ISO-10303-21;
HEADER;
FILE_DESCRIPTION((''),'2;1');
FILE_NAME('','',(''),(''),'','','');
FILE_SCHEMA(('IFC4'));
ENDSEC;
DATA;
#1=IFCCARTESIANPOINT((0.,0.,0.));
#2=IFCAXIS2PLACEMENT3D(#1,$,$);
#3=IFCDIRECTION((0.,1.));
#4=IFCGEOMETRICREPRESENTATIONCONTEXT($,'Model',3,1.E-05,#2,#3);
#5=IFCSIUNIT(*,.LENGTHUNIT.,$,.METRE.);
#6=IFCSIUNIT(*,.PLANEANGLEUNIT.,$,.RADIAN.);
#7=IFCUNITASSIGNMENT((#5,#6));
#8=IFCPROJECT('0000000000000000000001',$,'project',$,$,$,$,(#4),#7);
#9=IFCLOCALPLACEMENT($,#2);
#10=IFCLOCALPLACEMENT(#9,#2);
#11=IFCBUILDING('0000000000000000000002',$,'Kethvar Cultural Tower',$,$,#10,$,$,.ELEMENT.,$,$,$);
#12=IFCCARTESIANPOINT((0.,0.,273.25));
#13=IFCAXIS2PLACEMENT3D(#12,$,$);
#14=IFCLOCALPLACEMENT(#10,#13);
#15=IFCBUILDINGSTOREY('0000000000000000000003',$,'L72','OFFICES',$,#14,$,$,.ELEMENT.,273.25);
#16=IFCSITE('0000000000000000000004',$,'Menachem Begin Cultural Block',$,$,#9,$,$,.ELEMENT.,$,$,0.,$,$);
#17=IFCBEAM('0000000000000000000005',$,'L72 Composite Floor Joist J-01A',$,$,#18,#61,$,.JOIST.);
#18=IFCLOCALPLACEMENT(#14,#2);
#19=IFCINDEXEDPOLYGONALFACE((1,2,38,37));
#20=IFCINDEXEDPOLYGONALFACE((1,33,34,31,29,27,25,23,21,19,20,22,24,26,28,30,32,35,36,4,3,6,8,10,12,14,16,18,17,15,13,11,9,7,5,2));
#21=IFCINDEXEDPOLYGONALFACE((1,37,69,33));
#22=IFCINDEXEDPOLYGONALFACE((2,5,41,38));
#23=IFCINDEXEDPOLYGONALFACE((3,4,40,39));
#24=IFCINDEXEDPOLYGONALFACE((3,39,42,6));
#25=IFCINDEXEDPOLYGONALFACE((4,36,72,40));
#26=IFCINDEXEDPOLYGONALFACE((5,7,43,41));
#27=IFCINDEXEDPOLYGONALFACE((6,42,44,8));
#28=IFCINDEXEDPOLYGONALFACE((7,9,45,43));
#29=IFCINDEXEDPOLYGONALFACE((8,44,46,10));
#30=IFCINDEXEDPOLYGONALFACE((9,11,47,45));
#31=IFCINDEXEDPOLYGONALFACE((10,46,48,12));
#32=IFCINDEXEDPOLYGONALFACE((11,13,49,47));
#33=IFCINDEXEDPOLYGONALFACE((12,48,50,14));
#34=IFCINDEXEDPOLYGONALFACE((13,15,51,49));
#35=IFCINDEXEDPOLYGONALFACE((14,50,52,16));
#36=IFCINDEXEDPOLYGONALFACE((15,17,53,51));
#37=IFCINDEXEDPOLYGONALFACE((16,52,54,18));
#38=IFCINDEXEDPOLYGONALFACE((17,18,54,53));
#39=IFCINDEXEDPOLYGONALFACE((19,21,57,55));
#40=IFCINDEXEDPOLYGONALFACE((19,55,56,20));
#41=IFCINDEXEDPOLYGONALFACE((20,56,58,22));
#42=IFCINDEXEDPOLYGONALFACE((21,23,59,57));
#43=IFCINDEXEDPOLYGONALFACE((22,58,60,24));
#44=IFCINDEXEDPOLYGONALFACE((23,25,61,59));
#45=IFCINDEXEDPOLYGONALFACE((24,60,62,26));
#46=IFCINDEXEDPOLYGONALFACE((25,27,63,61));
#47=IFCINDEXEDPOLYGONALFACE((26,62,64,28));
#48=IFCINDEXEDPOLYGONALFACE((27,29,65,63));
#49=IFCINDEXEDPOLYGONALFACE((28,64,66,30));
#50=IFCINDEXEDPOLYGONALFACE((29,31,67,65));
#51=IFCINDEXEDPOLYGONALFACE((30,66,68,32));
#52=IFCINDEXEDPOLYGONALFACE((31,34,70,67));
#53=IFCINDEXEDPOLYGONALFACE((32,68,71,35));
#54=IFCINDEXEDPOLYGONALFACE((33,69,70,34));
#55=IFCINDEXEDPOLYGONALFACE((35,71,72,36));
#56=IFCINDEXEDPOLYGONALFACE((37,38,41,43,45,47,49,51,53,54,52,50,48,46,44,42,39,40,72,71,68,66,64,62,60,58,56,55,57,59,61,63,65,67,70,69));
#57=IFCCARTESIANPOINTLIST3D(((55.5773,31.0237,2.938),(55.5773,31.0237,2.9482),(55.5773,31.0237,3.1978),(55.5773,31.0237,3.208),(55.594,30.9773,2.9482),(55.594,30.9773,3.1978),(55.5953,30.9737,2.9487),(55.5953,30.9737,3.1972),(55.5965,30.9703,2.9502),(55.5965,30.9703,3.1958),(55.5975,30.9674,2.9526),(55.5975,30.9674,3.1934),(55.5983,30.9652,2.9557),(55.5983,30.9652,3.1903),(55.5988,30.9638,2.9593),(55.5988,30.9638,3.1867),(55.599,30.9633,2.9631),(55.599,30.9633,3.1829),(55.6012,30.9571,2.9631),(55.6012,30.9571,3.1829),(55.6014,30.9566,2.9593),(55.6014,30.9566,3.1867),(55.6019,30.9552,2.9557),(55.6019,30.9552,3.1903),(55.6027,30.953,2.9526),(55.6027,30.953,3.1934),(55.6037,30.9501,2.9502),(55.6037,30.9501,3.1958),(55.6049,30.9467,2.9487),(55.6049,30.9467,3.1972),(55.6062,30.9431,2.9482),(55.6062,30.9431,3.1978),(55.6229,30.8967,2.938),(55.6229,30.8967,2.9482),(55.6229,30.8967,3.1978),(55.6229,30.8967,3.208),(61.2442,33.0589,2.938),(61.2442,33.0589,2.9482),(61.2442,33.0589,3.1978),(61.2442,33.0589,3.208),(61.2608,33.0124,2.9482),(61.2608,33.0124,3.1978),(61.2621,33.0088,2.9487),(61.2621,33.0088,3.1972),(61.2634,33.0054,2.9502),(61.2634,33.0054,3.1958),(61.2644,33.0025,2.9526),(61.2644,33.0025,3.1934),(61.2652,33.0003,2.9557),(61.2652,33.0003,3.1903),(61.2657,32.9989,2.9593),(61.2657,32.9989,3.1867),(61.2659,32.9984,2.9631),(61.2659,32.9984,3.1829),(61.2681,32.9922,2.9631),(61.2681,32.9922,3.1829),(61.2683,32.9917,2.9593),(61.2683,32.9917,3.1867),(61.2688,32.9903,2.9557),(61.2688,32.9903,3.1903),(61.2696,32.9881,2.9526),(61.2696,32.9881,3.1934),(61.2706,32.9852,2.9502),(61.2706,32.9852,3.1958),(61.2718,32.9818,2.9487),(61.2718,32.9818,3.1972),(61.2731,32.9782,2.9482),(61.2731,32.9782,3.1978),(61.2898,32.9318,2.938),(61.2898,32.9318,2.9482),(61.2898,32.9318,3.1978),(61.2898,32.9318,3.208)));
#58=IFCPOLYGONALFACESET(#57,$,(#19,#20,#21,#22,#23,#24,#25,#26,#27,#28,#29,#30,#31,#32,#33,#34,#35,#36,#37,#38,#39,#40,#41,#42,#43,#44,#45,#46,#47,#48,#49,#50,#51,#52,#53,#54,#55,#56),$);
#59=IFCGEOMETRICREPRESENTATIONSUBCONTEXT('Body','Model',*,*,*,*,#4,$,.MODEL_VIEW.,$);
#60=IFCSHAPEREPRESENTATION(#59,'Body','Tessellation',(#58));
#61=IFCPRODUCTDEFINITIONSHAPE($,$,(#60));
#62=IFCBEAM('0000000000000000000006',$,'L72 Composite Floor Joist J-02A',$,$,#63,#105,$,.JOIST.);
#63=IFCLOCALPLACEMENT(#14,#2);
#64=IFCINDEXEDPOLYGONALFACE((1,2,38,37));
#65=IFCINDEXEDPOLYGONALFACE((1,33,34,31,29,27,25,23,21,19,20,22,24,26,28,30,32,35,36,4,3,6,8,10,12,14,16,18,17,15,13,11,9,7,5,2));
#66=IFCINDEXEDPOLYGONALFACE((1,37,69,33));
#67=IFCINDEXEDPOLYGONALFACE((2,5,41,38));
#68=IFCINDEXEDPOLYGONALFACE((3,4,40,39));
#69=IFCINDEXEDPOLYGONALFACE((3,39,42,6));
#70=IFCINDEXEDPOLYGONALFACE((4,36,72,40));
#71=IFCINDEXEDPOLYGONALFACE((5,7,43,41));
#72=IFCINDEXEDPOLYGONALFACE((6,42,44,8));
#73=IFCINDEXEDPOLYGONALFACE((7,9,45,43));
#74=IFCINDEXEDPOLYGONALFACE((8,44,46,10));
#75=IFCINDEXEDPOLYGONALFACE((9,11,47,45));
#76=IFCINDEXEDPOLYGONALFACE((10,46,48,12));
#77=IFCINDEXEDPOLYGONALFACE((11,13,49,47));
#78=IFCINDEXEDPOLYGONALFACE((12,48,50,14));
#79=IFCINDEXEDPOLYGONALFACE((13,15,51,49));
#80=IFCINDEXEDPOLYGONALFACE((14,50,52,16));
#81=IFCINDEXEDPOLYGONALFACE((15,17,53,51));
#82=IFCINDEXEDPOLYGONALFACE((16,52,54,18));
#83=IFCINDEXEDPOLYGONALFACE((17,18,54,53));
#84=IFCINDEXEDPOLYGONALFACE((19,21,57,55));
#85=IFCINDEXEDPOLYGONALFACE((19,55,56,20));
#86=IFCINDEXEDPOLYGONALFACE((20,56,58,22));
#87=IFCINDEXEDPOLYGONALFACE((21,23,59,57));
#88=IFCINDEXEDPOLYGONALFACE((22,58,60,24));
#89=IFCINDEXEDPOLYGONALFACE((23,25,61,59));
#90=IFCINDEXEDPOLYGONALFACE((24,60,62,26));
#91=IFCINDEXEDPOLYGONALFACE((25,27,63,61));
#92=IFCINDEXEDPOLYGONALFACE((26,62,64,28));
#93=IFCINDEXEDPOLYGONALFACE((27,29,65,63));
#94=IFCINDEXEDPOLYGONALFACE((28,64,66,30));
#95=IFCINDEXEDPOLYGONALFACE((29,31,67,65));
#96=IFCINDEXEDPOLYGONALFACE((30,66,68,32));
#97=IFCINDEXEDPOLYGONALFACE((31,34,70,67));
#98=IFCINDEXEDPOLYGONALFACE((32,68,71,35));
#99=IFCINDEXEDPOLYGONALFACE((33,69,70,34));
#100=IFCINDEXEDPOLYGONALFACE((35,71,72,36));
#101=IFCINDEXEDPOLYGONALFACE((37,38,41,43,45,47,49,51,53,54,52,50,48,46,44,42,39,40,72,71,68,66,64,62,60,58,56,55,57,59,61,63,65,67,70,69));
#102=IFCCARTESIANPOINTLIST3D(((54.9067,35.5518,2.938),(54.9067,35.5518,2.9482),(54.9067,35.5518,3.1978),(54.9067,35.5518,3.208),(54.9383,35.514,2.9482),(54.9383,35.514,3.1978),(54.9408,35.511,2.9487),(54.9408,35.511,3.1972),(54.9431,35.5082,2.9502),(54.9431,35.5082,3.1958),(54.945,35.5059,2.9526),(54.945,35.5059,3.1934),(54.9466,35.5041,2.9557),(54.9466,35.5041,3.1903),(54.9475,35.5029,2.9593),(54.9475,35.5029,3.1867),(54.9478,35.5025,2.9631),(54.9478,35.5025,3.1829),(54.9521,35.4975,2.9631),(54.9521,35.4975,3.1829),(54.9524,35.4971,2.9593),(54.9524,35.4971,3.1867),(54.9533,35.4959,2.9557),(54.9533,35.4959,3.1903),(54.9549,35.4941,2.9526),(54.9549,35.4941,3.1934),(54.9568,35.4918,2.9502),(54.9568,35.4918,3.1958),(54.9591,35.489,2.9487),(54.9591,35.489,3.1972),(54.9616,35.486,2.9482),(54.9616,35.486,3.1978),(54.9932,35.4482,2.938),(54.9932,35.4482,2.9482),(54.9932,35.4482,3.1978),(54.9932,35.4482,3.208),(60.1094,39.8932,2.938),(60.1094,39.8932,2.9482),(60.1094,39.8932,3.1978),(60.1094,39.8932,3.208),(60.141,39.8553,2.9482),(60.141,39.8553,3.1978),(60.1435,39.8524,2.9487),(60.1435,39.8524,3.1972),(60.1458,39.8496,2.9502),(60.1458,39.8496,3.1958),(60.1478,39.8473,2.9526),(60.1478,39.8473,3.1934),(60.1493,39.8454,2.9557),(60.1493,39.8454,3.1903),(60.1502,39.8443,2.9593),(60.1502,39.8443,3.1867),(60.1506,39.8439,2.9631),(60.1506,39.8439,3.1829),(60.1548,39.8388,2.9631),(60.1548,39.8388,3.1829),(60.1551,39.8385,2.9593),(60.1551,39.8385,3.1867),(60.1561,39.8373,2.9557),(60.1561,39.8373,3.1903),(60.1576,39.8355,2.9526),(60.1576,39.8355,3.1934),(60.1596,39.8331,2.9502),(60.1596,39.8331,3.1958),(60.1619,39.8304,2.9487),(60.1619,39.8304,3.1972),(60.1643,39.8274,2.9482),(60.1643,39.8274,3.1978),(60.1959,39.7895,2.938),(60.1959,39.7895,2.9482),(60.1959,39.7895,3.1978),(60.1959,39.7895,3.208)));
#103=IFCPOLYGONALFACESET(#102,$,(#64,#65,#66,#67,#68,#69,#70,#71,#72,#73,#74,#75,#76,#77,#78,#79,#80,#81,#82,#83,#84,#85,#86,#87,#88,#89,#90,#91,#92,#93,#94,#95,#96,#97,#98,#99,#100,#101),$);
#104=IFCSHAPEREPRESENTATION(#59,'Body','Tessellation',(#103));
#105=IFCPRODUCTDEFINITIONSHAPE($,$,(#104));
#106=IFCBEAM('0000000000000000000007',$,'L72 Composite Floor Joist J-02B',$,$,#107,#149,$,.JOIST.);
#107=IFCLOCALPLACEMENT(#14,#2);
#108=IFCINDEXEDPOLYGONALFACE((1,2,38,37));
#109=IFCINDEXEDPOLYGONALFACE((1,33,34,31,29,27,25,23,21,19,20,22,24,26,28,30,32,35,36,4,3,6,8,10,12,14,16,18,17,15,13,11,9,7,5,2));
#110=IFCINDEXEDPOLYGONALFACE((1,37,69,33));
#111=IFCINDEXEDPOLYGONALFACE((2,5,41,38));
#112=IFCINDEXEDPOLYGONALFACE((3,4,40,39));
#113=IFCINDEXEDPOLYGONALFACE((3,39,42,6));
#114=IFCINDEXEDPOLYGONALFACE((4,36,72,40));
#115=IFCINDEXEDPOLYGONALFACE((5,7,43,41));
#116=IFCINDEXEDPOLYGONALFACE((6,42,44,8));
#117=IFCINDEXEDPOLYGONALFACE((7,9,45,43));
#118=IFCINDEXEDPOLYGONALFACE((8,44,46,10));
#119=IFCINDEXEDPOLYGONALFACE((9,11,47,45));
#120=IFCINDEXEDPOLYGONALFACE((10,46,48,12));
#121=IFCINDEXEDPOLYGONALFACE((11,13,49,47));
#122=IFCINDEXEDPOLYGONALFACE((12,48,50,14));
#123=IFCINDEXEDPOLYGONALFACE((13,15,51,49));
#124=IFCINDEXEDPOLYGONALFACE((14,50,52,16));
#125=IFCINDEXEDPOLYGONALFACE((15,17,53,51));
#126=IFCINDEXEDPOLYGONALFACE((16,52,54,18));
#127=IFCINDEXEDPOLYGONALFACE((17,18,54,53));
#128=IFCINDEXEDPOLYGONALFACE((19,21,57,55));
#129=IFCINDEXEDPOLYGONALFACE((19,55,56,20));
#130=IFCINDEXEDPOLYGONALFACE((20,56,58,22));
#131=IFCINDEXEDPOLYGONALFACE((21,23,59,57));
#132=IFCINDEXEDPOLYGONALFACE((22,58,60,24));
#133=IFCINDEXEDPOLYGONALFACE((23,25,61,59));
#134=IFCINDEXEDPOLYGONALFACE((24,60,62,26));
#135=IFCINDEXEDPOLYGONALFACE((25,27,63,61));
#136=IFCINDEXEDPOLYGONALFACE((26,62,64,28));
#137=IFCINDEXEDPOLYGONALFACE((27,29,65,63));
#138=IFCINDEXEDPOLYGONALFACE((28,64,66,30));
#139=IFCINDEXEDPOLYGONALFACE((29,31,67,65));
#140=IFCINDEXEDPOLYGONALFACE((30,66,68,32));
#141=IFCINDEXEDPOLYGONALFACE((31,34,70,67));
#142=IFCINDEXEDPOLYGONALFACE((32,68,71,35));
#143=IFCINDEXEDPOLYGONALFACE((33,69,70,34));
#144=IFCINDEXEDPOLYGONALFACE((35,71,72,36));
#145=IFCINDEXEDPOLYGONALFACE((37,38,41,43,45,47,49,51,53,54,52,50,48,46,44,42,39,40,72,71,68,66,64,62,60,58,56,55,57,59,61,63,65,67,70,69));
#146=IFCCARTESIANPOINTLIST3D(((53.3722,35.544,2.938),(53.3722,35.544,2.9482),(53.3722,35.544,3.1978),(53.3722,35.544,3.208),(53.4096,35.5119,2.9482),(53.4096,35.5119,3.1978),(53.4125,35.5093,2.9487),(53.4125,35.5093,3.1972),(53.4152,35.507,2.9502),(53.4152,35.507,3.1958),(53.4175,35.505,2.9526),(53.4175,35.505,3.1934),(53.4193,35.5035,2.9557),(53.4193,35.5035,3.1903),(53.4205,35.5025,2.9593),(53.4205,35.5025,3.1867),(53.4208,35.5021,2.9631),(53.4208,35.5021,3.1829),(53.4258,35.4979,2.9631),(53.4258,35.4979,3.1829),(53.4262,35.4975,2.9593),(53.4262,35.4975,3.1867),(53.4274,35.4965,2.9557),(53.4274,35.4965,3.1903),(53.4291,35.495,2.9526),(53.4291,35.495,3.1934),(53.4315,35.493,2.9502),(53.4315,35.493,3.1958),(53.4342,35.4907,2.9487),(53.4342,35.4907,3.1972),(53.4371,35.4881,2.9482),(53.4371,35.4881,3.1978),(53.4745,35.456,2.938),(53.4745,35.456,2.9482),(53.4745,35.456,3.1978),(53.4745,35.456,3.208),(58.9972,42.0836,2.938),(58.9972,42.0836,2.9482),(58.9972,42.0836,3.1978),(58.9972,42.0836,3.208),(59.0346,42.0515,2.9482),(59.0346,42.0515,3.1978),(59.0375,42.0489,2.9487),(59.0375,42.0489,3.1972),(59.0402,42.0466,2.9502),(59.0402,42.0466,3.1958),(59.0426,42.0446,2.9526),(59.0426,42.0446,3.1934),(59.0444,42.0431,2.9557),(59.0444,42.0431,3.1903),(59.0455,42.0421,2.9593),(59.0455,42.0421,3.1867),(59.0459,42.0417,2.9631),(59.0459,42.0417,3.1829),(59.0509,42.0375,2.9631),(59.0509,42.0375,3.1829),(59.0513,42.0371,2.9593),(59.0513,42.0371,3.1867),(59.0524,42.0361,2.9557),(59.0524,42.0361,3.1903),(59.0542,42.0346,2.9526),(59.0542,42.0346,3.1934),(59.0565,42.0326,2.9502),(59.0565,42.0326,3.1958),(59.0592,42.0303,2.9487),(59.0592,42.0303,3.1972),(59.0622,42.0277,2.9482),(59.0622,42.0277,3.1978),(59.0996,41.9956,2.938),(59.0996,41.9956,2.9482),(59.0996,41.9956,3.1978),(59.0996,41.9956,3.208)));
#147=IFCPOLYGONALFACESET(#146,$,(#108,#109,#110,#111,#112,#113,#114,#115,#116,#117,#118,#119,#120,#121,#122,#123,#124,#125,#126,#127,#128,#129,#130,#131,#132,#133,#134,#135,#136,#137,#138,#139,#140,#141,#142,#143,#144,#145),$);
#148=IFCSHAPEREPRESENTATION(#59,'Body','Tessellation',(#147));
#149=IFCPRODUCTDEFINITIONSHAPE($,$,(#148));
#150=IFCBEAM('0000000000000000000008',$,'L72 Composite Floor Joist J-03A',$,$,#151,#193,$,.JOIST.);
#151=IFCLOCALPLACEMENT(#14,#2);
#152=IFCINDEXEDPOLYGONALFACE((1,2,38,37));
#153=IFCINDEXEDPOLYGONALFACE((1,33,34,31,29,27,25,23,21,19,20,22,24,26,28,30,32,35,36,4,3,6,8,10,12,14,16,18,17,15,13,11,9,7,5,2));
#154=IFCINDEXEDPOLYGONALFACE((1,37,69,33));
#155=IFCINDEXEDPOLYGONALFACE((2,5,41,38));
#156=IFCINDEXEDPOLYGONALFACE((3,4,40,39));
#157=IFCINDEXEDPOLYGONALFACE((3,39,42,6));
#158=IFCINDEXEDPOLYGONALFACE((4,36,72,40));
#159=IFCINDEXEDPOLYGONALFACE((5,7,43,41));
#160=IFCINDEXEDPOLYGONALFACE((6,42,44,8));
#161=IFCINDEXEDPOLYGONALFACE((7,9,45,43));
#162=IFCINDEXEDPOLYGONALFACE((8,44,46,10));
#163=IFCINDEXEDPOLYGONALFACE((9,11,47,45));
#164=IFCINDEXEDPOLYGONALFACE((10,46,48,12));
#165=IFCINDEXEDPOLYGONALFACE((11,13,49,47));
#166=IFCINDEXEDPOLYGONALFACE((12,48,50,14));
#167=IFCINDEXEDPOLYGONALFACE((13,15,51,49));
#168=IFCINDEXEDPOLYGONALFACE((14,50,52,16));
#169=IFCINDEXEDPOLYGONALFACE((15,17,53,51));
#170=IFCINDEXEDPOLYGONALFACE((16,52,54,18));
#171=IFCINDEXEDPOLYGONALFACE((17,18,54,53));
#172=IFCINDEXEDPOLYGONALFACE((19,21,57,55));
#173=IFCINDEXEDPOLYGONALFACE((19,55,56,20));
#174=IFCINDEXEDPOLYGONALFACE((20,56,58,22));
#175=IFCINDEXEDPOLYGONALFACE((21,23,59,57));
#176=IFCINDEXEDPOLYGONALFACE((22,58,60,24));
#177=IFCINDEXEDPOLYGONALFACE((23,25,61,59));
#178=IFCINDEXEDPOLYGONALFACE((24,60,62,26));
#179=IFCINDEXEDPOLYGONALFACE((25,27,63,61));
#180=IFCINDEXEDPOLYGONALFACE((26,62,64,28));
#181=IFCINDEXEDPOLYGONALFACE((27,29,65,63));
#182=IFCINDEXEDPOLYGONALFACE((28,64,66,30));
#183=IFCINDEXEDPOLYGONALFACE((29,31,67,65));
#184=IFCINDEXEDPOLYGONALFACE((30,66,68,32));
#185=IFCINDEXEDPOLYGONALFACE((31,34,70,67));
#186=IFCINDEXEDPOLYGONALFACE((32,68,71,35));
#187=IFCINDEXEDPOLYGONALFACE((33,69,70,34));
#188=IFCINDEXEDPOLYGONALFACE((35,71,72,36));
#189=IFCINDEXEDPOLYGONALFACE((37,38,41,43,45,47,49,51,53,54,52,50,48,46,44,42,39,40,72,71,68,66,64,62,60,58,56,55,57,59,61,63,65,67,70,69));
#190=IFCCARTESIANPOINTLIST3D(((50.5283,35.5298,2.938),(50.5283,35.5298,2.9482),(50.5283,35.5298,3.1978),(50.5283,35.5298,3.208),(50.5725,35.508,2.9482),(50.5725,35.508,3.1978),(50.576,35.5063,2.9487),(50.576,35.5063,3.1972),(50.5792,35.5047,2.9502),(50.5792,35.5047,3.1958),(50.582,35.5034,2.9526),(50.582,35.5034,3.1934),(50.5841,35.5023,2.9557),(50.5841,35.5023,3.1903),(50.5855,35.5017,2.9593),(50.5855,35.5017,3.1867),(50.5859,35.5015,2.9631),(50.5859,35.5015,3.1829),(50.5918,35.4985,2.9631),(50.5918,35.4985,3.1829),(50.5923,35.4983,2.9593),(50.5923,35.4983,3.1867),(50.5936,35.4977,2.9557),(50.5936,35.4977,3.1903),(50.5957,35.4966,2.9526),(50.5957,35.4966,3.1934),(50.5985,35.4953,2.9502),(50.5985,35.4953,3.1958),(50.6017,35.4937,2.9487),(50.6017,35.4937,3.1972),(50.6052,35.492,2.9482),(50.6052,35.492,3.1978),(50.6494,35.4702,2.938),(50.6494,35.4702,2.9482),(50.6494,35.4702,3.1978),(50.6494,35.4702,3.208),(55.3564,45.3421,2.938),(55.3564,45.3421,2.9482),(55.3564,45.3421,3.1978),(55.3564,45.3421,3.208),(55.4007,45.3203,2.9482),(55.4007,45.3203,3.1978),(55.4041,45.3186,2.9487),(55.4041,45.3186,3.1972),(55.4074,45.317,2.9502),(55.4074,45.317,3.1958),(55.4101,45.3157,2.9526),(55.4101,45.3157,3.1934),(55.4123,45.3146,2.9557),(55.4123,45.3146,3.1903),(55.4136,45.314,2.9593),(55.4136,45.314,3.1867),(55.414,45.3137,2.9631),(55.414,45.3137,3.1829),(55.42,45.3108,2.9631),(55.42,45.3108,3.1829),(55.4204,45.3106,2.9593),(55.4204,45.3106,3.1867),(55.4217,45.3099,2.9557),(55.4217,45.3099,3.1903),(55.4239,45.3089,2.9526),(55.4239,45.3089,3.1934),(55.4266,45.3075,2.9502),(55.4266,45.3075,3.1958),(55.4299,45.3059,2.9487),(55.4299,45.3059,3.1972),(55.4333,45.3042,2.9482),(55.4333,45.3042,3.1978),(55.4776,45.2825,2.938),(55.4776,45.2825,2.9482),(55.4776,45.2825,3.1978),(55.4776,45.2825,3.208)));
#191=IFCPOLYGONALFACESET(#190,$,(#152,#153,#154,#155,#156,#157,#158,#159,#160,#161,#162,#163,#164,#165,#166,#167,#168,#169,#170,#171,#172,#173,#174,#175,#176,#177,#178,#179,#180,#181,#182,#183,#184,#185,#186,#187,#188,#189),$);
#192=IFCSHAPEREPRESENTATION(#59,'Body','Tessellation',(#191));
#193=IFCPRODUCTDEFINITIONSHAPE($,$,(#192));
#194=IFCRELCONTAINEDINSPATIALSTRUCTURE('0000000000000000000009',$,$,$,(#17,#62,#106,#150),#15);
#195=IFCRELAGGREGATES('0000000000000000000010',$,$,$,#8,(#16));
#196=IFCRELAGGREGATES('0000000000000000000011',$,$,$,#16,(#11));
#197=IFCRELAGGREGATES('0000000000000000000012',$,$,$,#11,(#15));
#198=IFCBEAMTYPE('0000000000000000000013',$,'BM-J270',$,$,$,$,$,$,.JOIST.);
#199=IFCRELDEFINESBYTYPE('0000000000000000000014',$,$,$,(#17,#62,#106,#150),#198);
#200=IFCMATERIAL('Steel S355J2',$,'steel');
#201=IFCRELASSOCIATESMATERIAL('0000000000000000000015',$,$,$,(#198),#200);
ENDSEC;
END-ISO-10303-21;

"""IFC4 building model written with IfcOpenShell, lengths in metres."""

from ifc_helpers import new_model, si_unit, direction, frame, origin, origin_2d, place, context, subcontext, project, spatial, i_section, extrude, source, transform, mapped, material, material_profile, profile_set, type_object, element, save


model = new_model("IFC4")

# Units and contexts
model_context = context("Model", 3, precision=1e-05, world=origin(), true_north=direction((0.0, 1.0)))
body_context = subcontext(model_context, "Body", "Model", "MODEL_VIEW")
ifc_project = project(units=[si_unit("LENGTHUNIT", "METRE"), si_unit("PLANEANGLEUNIT", "RADIAN")], contexts=[model_context])

# Site, building, storey
site_placement = place(None, origin())
site = spatial("IfcSite", under=ifc_project, at=site_placement, Name="Menachem Begin Cultural Block", CompositionType="ELEMENT", RefElevation=0.0)
building_placement = place(site_placement, origin())
building = spatial("IfcBuilding", under=site, at=building_placement, Name="Kethvar Cultural Tower", CompositionType="ELEMENT")
storey_placement = place(building_placement, frame((0.0, 0.0, 273.25)))
storey = spatial("IfcBuildingStorey", under=building, at=storey_placement, Name="L72", Description="OFFICES", CompositionType="ELEMENT", Elevation=273.25)

# Beams
ifc_material_1 = material(Name="Steel S355J2", Category="steel")
ifc_material_profile_1 = material_profile(ifc_material_1, i_section(OverallWidth=0.135, OverallDepth=0.27, WebThickness=0.0066, FlangeThickness=0.0103, FilletRadius=0.0149, at=origin_2d()), Name="Steel S355J2 — IPE270")
ifc_profile_set_1 = profile_set([ifc_material_profile_1], Name="Steel S355J2 — IPE270")
beam_type_1 = type_object("IfcBeamType", Name="BM-J270", PredefinedType="JOIST", material=ifc_profile_set_1)
shared_shape_1 = source(origin(), body_context, "Body", "SweptSolid", [
    extrude(i_section(OverallWidth=0.135, OverallDepth=0.27, WebThickness=0.0066, FlangeThickness=0.0103, FilletRadius=0.0149, at=origin_2d()), origin(), (0.0, 0.0, 1.0), 6.0212),
])
beam_1_placement = place(storey_placement, frame((55.6001, 30.9602, 3.073), z_axis=(0.94115, 0.33799, 0.0), x_axis=(-0.33799, 0.94115, 0.0)))
element("IfcBeam", 1, at=beam_1_placement, inside=storey, type_object=beam_type_1, Name="L72 Composite Floor Joist J-01A", PredefinedType="JOIST", context=body_context, shape_type="MappedRepresentation", body=[
    mapped(shared_shape_1, transform((0.0, 0.0, 0.0), scale=1.0)),
])
shared_shape_2 = source(origin(), body_context, "Body", "SweptSolid", [
    extrude(i_section(OverallWidth=0.135, OverallDepth=0.27, WebThickness=0.0066, FlangeThickness=0.0103, FilletRadius=0.0149, at=origin_2d()), origin(), (0.0, 0.0, 1.0), 6.7761),
])
beam_2_placement = place(storey_placement, frame((54.95, 35.5, 3.073), z_axis=(0.767802, 0.640688, 0.0), x_axis=(-0.640688, 0.767802, 0.0)))
element("IfcBeam", 2, at=beam_2_placement, inside=storey, type_object=beam_type_1, Name="L72 Composite Floor Joist J-02A", PredefinedType="JOIST", context=body_context, shape_type="MappedRepresentation", body=[
    mapped(shared_shape_2, transform((0.0, 0.0, 0.0), scale=1.0)),
])
shared_shape_3 = source(origin(), body_context, "Body", "SweptSolid", [
    extrude(i_section(OverallWidth=0.135, OverallDepth=0.27, WebThickness=0.0066, FlangeThickness=0.0103, FilletRadius=0.0149, at=origin_2d()), origin(), (0.0, 0.0, 1.0), 8.626),
])
beam_3_placement = place(storey_placement, frame((53.4233, 35.5, 3.073), z_axis=(0.652105, 0.758129, 0.0), x_axis=(-0.758129, 0.652105, 0.0)))
element("IfcBeam", 3, at=beam_3_placement, inside=storey, type_object=beam_type_1, Name="L72 Composite Floor Joist J-02B", PredefinedType="JOIST", context=body_context, shape_type="MappedRepresentation", body=[
    mapped(shared_shape_3, transform((0.0, 0.0, 0.0), scale=1.0)),
])
shared_shape_4 = source(origin(), body_context, "Body", "SweptSolid", [
    extrude(i_section(OverallWidth=0.135, OverallDepth=0.27, WebThickness=0.0066, FlangeThickness=0.0103, FilletRadius=0.0149, at=origin_2d()), origin(), (0.0, 0.0, 1.0), 10.9358),
])
beam_4_placement = place(storey_placement, frame((50.5889, 35.5, 3.073), z_axis=(0.441498, 0.897262, 0.0), x_axis=(-0.897262, 0.441498, 0.0)))
element("IfcBeam", 4, at=beam_4_placement, inside=storey, type_object=beam_type_1, Name="L72 Composite Floor Joist J-03A", PredefinedType="JOIST", context=body_context, shape_type="MappedRepresentation", body=[
    mapped(shared_shape_4, transform((0.0, 0.0, 0.0), scale=1.0)),
])

save(model, "model.ifc")
